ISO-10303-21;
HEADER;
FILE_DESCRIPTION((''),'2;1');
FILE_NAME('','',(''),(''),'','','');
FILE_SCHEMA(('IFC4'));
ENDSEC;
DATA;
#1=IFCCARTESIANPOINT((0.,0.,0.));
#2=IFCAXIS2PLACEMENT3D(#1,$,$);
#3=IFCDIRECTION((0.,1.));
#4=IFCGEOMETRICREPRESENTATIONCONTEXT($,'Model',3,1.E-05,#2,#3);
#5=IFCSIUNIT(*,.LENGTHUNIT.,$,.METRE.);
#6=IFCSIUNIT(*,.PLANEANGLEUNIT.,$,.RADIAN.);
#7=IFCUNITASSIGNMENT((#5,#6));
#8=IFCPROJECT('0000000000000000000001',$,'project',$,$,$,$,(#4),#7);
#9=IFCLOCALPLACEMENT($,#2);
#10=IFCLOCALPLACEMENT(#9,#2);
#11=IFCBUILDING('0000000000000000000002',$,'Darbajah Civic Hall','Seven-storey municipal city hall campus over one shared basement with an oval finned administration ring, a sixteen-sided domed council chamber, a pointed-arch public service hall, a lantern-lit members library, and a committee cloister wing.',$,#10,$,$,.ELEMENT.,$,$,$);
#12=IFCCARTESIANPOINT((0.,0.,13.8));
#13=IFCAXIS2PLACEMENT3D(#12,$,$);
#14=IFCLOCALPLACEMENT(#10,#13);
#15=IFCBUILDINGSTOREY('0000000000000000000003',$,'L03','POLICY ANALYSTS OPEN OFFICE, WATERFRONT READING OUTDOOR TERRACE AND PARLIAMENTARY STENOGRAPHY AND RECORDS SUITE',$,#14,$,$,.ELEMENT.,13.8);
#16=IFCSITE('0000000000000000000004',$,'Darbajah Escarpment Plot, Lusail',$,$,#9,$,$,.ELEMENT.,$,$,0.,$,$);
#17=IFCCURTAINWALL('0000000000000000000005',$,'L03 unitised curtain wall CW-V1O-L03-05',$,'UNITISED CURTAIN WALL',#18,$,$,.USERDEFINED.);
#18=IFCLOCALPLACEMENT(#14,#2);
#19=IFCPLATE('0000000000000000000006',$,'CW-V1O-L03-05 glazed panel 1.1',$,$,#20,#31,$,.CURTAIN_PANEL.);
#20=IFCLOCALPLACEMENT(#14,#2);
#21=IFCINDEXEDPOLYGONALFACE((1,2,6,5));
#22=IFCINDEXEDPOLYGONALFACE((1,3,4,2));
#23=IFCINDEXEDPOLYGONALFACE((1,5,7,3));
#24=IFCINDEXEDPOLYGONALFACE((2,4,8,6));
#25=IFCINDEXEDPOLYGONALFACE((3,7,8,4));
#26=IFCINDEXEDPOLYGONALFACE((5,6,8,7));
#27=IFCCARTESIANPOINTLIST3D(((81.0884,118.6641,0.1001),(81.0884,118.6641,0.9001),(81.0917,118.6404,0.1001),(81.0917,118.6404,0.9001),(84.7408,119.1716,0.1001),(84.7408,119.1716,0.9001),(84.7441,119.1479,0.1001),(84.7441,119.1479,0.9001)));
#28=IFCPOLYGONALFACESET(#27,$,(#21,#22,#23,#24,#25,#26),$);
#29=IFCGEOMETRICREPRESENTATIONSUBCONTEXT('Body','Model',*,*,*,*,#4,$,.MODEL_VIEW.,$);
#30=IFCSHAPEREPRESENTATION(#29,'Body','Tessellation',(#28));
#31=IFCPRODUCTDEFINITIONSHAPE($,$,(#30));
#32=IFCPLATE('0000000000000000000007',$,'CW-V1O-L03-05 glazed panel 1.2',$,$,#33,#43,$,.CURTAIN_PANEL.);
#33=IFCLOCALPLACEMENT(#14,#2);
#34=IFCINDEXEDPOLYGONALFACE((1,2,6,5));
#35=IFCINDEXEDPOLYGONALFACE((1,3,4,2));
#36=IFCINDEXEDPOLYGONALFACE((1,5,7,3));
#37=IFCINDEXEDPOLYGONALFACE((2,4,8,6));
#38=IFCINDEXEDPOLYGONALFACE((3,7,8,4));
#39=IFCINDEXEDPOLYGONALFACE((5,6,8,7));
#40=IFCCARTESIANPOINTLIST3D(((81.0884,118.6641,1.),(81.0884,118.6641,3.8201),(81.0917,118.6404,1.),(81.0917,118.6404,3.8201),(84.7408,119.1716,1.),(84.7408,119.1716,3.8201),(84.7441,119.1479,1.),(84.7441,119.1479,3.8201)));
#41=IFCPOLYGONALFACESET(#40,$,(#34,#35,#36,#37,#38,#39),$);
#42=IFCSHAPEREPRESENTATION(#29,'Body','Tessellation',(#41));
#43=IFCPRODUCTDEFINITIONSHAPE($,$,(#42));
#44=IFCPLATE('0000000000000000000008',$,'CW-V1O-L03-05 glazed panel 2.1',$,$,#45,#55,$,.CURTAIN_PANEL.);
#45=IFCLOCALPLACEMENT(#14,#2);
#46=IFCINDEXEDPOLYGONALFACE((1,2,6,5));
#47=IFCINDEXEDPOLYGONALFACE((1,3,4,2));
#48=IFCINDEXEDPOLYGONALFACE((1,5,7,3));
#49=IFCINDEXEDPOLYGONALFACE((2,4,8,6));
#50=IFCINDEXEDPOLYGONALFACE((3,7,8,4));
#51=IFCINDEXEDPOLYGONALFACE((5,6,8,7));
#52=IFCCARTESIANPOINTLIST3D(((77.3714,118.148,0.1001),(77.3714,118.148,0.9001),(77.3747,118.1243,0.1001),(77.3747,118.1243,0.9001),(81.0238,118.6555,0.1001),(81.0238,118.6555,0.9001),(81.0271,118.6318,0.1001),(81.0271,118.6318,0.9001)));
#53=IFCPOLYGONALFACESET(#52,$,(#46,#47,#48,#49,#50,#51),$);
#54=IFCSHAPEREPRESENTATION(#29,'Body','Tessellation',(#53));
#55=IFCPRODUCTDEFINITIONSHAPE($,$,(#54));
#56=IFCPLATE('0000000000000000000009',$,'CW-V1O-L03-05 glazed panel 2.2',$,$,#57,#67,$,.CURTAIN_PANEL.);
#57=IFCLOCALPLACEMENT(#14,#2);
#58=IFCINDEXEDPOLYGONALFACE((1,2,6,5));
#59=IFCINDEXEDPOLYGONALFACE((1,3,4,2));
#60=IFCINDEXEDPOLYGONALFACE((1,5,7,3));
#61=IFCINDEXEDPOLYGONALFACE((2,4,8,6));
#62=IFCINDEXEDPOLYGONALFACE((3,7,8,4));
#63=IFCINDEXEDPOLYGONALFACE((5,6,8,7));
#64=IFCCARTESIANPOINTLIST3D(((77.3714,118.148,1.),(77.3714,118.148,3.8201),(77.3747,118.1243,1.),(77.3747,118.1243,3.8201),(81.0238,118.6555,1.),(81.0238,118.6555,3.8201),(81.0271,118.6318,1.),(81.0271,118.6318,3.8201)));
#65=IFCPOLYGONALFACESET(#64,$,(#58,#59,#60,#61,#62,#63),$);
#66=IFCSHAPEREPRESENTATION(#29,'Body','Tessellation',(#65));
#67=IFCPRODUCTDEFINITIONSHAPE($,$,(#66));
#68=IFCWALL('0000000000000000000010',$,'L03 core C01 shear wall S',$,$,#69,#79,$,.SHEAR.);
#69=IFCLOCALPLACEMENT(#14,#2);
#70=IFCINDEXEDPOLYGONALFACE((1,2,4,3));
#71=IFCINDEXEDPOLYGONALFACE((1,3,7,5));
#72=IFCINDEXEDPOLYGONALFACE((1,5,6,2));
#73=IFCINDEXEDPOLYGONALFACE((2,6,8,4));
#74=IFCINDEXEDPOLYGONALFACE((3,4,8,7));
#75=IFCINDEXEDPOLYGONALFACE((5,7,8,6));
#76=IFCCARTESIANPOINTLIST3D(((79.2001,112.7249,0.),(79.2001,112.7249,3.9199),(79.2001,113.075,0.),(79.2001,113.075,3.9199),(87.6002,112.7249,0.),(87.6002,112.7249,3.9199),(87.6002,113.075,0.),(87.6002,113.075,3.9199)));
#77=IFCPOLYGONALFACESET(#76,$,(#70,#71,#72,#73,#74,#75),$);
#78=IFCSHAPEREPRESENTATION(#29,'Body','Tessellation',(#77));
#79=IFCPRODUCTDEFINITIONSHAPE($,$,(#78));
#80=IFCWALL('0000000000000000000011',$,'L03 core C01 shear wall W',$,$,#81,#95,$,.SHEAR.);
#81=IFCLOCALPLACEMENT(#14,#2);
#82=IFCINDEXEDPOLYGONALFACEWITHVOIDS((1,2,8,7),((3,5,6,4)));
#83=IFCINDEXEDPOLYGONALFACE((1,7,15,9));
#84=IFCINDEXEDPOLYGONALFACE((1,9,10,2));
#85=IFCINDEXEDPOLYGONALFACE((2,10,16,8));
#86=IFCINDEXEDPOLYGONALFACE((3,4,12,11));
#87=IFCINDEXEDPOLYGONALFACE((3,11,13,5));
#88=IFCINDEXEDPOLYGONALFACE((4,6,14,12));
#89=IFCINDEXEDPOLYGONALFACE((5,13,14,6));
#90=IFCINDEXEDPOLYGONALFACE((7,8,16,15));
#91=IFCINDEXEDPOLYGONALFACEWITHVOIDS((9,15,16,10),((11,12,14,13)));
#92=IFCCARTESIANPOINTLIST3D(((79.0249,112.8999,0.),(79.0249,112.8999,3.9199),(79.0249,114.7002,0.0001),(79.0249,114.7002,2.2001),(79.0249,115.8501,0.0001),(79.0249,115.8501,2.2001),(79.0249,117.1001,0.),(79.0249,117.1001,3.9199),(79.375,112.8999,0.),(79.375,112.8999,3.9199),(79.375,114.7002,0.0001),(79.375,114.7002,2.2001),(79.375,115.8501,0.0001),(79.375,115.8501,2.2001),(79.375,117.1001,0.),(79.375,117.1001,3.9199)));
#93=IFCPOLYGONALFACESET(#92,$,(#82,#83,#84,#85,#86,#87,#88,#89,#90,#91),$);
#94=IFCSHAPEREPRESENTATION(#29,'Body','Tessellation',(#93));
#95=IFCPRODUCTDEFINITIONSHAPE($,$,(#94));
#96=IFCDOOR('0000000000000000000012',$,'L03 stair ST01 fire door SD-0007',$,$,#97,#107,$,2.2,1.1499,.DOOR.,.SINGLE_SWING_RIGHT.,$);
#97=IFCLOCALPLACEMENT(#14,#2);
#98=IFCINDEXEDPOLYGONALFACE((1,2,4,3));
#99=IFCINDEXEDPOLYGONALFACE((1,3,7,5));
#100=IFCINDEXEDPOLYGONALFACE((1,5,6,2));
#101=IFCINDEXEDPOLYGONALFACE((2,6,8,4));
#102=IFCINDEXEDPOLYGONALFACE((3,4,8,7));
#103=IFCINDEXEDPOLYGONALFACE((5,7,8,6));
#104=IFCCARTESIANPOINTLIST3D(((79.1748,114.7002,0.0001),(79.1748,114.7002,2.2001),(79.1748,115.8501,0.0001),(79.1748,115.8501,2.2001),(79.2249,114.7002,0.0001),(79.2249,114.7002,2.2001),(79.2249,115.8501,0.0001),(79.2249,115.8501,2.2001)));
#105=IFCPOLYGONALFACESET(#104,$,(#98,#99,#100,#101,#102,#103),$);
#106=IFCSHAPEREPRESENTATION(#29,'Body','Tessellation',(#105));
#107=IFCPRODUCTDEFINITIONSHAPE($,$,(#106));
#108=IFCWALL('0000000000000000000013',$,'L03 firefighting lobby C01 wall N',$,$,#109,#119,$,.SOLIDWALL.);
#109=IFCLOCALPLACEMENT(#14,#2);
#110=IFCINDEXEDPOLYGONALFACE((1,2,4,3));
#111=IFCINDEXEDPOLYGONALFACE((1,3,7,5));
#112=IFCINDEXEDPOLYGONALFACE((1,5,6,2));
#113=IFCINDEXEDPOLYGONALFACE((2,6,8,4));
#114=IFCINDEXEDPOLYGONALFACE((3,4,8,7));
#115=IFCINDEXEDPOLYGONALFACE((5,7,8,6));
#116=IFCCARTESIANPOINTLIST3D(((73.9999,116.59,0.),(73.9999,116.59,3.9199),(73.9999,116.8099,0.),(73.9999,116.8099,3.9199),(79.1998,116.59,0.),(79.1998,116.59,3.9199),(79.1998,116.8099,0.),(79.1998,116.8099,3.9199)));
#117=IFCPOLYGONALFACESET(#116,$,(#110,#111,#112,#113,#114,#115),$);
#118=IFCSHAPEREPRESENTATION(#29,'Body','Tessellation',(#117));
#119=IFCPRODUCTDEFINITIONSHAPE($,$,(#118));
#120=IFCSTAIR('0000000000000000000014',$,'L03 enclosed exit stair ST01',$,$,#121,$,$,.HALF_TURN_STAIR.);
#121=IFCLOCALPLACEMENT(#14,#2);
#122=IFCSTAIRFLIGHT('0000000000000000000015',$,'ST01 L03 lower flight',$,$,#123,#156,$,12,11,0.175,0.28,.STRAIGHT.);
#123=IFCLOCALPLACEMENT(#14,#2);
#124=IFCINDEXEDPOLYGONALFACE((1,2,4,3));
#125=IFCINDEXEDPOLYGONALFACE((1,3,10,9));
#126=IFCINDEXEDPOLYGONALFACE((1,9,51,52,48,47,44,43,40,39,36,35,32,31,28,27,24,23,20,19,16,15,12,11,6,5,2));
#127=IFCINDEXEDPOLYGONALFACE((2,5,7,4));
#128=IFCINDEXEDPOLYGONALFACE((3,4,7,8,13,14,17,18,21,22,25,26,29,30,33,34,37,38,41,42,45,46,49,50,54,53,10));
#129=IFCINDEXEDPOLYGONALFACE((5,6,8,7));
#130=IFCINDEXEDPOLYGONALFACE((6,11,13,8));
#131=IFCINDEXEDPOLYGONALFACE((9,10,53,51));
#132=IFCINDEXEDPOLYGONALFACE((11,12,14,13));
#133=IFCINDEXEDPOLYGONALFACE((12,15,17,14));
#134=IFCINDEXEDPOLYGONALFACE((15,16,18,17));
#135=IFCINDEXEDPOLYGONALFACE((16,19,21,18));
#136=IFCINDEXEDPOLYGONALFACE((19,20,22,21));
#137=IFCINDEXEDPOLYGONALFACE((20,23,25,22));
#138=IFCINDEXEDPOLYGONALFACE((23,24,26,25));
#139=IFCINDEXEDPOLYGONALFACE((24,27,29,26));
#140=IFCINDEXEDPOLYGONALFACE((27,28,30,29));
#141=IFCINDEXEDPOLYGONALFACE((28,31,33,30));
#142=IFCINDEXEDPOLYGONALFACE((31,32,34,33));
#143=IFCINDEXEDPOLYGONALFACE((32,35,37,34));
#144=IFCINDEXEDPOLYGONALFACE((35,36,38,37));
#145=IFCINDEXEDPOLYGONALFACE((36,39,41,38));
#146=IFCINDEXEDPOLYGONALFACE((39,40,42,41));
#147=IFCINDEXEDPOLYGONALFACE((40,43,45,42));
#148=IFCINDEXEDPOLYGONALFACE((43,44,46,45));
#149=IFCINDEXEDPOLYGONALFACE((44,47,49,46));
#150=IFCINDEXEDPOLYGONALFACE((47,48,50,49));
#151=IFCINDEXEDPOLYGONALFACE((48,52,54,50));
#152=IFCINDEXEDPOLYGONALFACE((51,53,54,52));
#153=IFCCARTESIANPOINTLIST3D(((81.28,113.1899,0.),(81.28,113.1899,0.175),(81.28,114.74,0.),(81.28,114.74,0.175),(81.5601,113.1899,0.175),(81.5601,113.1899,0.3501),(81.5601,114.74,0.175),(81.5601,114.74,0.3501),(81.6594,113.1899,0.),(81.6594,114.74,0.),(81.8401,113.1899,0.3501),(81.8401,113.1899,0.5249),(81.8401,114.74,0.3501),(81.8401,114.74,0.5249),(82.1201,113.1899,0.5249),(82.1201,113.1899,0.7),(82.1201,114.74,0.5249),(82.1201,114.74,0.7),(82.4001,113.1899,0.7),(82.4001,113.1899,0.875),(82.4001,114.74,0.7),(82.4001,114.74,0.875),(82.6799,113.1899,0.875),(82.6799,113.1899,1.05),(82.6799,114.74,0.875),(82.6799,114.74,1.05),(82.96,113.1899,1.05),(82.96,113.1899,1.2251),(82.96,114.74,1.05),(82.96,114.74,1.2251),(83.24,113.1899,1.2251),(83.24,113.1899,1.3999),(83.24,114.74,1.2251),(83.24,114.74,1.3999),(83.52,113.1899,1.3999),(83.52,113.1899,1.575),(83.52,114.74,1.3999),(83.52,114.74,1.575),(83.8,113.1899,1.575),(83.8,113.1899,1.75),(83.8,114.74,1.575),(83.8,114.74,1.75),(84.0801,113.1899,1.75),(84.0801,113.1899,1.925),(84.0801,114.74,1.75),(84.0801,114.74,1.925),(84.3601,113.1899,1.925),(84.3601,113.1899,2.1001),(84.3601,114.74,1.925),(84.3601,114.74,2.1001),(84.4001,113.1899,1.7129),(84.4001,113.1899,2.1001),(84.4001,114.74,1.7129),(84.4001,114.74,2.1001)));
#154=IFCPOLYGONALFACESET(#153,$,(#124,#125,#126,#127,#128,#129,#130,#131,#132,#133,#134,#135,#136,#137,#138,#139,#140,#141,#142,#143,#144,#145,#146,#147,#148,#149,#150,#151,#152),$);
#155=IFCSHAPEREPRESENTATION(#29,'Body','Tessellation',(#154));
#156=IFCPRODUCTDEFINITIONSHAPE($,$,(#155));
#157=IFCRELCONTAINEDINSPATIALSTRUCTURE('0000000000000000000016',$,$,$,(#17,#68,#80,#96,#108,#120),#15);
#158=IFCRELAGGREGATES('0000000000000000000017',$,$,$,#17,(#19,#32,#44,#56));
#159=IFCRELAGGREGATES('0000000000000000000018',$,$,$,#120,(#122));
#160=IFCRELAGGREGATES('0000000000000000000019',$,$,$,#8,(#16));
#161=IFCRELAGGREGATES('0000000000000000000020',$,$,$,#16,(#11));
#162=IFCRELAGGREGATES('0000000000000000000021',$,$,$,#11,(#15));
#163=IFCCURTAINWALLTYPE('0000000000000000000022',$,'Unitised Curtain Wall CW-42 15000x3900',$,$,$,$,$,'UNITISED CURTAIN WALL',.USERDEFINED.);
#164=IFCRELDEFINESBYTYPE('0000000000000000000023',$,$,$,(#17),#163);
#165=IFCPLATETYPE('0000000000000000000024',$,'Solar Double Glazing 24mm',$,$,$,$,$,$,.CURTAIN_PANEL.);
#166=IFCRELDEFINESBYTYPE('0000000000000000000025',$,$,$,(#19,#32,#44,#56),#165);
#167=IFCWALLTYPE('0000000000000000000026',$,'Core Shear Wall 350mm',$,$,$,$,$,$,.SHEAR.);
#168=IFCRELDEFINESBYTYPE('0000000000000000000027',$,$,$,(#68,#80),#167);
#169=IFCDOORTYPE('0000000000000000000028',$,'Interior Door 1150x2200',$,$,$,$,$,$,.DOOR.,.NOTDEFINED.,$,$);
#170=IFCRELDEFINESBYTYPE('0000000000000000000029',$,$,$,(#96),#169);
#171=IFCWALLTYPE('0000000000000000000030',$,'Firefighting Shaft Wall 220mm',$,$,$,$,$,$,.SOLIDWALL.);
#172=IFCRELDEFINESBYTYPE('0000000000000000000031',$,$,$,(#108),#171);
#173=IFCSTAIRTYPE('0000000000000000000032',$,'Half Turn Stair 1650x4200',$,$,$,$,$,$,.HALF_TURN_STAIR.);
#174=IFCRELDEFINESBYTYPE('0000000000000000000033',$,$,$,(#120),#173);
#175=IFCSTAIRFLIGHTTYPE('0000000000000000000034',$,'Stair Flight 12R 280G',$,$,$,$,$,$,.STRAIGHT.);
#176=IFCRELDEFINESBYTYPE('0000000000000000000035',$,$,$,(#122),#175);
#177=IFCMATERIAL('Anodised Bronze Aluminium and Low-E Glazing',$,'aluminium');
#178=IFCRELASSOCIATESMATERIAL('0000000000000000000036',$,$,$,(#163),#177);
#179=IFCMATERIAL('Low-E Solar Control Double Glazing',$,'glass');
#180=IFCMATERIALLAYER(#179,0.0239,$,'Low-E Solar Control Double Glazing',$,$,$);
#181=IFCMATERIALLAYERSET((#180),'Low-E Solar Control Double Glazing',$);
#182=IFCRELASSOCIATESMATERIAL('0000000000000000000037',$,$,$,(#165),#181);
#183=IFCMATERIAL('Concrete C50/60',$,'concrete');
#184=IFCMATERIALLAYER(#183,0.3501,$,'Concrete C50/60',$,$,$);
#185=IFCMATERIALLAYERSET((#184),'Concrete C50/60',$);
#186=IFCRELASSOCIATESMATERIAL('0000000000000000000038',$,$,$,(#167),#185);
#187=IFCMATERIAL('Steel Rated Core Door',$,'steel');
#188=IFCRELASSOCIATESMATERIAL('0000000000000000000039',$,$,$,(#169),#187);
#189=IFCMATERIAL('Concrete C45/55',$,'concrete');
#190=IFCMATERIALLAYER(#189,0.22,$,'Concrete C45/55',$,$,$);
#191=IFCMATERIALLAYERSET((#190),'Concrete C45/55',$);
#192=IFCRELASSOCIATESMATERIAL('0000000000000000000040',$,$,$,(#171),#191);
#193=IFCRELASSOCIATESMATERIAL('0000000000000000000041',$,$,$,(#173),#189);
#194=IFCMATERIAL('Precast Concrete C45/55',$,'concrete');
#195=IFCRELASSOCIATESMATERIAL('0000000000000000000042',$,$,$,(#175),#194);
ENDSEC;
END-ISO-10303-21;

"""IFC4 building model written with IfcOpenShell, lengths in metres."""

from ifc_helpers import new_model, si_unit, direction, frame, frame_2d, origin, origin_2d, place, context, subcontext, project, spatial, polyline, rectangle, outline, extrude, material, layer, layer_set, type_object, element, fill, aggregate, save


model = new_model("IFC4")

# Units and contexts
model_context = context("Model", 3, precision=1e-05, world=origin(), true_north=direction((0.0, 1.0)))
body_context = subcontext(model_context, "Body", "Model", "MODEL_VIEW")
ifc_project = project(units=[si_unit("LENGTHUNIT", "METRE"), si_unit("PLANEANGLEUNIT", "RADIAN")], contexts=[model_context])

# Site, building, storey
site_placement = place(None, origin())
site = spatial("IfcSite", under=ifc_project, at=site_placement, Name="Darbajah Escarpment Plot, Lusail", CompositionType="ELEMENT", RefElevation=0.0)
building_placement = place(site_placement, origin())
building = spatial("IfcBuilding", under=site, at=building_placement, Name="Darbajah Civic Hall", Description="Seven-storey municipal city hall campus over one shared basement with an oval finned administration ring, a sixteen-sided domed council chamber, a pointed-arch public service hall, a lantern-lit members library, and a committee cloister wing.", CompositionType="ELEMENT")
storey_placement = place(building_placement, frame((0.0, 0.0, 13.8)))
storey = spatial("IfcBuildingStorey", under=building, at=storey_placement, Name="L03", Description="POLICY ANALYSTS OPEN OFFICE, WATERFRONT READING OUTDOOR TERRACE AND PARLIAMENTARY STENOGRAPHY AND RECORDS SUITE", CompositionType="ELEMENT", Elevation=13.8)

# Curtain wall
ifc_material_1 = material(Name="Anodised Bronze Aluminium and Low-E Glazing", Category="aluminium")
curtain_wall_type = type_object("IfcCurtainWallType", Name="Unitised Curtain Wall CW-42 15000x3900", ElementType="UNITISED CURTAIN WALL", PredefinedType="USERDEFINED", material=ifc_material_1)
curtain_wall_placement = place(storey_placement, origin())
curtain_wall = element("IfcCurtainWall", 1, at=curtain_wall_placement, inside=storey, type_object=curtain_wall_type, Name="L03 unitised curtain wall CW-V1O-L03-05", ObjectType="UNITISED CURTAIN WALL", PredefinedType="USERDEFINED")

# Plates
ifc_material_2 = material(Name="Low-E Solar Control Double Glazing", Category="glass")
ifc_layer_1 = layer(ifc_material_2, 0.0239, Name="Low-E Solar Control Double Glazing")
ifc_layer_set_1 = layer_set([ifc_layer_1], Name="Low-E Solar Control Double Glazing")
plate_type = type_object("IfcPlateType", Name="Solar Double Glazing 24mm", PredefinedType="CURTAIN_PANEL", material=ifc_layer_set_1)
plate_1_placement = place(storey_placement, frame((82.9163, 118.906, 0.1001), z_axis=(0.0, 0.0, 1.0), x_axis=(-0.990485, -0.137617, 0.0)))
plate_1 = element("IfcPlate", 2, at=plate_1_placement, type_object=plate_type, Name="CW-V1O-L03-05 glazed panel 1.1", PredefinedType="CURTAIN_PANEL", context=body_context, shape_type="SweptSolid", body=[
    extrude(rectangle(XDim=3.6875, YDim=0.0239, at=origin_2d()), origin(), (0.0, 0.0, 1.0), 0.8),
])
plate_2_placement = place(storey_placement, frame((82.9163, 118.906, 1.0), z_axis=(0.0, 0.0, 1.0), x_axis=(-0.990485, -0.137617, 0.0)))
plate_2 = element("IfcPlate", 3, at=plate_2_placement, type_object=plate_type, Name="CW-V1O-L03-05 glazed panel 1.2", PredefinedType="CURTAIN_PANEL", context=body_context, shape_type="SweptSolid", body=[
    extrude(rectangle(XDim=3.6875, YDim=0.0239, at=origin_2d()), origin(), (0.0, 0.0, 1.0), 2.8201),
])
plate_3_placement = place(storey_placement, frame((79.1992, 118.3899, 0.1001), z_axis=(0.0, 0.0, 1.0), x_axis=(-0.990485, -0.137617, 0.0)))
plate_3 = element("IfcPlate", 4, at=plate_3_placement, type_object=plate_type, Name="CW-V1O-L03-05 glazed panel 2.1", PredefinedType="CURTAIN_PANEL", context=body_context, shape_type="SweptSolid", body=[
    extrude(rectangle(XDim=3.6875, YDim=0.0239, at=origin_2d()), origin(), (0.0, 0.0, 1.0), 0.8),
])
plate_4_placement = place(storey_placement, frame((79.1992, 118.3899, 1.0), z_axis=(0.0, 0.0, 1.0), x_axis=(-0.990485, -0.137617, 0.0)))
plate_4 = element("IfcPlate", 5, at=plate_4_placement, type_object=plate_type, Name="CW-V1O-L03-05 glazed panel 2.2", PredefinedType="CURTAIN_PANEL", context=body_context, shape_type="SweptSolid", body=[
    extrude(rectangle(XDim=3.6875, YDim=0.0239, at=origin_2d()), origin(), (0.0, 0.0, 1.0), 2.8201),
])
aggregate(curtain_wall, [plate_1, plate_2, plate_3, plate_4])

# Wall
ifc_material_3 = material(Name="Concrete C50/60", Category="concrete")
ifc_layer_2 = layer(ifc_material_3, 0.3501, Name="Concrete C50/60")
ifc_layer_set_2 = layer_set([ifc_layer_2], Name="Concrete C50/60")
wall_type_1 = type_object("IfcWallType", Name="Core Shear Wall 350mm", PredefinedType="SHEAR", material=ifc_layer_set_2)
wall_1_placement = place(storey_placement, frame((79.2, 112.8999, 0.0), z_axis=(0.0, 0.0, 1.0), x_axis=(1.0, 0.0, 0.0)))
element("IfcWall", 6, at=wall_1_placement, inside=storey, type_object=wall_type_1, Name="L03 core C01 shear wall S", PredefinedType="SHEAR", context=body_context, shape_type="SweptSolid", body=[
    extrude(rectangle(XDim=8.4001, YDim=0.3501, at=frame_2d((4.2002, 0.0))), origin(), (0.0, 0.0, 1.0), 3.9199),
])

# Wall, opening, door
wall_2_placement = place(storey_placement, frame((79.2, 117.1001, 0.0), z_axis=(0.0, 0.0, 1.0), x_axis=(0.0, -1.0, 0.0)))
wall_2 = element("IfcWall", 7, at=wall_2_placement, inside=storey, type_object=wall_type_1, Name="L03 core C01 shear wall W", PredefinedType="SHEAR", context=body_context, shape_type="SweptSolid", body=[
    extrude(rectangle(XDim=4.2002, YDim=0.3501, at=frame_2d((2.1001, 0.0))), origin(), (0.0, 0.0, 1.0), 3.9199),
])
opening_placement = place(wall_2_placement, frame((1.25, 0.0, 0.0)))
opening = element("IfcOpeningElement", 8, at=opening_placement, cuts=wall_2, PredefinedType="OPENING", context=body_context, shape_type="SweptSolid", body=[
    extrude(rectangle(XDim=1.1499, YDim=2.2, at=frame_2d((0.575, 1.1001))), frame((0.0, 0.1851, 0.0), z_axis=(0.0, -1.0, 0.0), x_axis=(1.0, 0.0, 0.0)), (0.0, 0.0, 1.0), 0.3701),
])
ifc_material_4 = material(Name="Steel Rated Core Door", Category="steel")
door_type = type_object("IfcDoorType", Name="Interior Door 1150x2200", OperationType="NOTDEFINED", PredefinedType="DOOR", material=ifc_material_4)
door_placement = place(opening_placement, origin())
door = element("IfcDoor", 9, at=door_placement, inside=storey, type_object=door_type, Name="L03 stair ST01 fire door SD-0007", OperationType="SINGLE_SWING_RIGHT", OverallHeight=2.2, OverallWidth=1.1499, PredefinedType="DOOR", context=body_context, shape_type="SweptSolid", body=[
    extrude(rectangle(XDim=1.1499, YDim=2.2, at=frame_2d((0.575, 1.1001))), frame((0.0, 0.0249, 0.0), z_axis=(0.0, -1.0, 0.0), x_axis=(1.0, 0.0, 0.0)), (0.0, 0.0, 1.0), 0.05),
])
fill(opening, door)

# Wall
ifc_material_5 = material(Name="Concrete C45/55", Category="concrete")
ifc_layer_3 = layer(ifc_material_5, 0.22, Name="Concrete C45/55")
ifc_layer_set_3 = layer_set([ifc_layer_3], Name="Concrete C45/55")
wall_type_2 = type_object("IfcWallType", Name="Firefighting Shaft Wall 220mm", PredefinedType="SOLIDWALL", material=ifc_layer_set_3)
wall_3_placement = place(storey_placement, frame((79.2, 116.7, 0.0), z_axis=(0.0, 0.0, 1.0), x_axis=(-1.0, 0.0, 0.0)))
element("IfcWall", 10, at=wall_3_placement, inside=storey, type_object=wall_type_2, Name="L03 firefighting lobby C01 wall N", PredefinedType="SOLIDWALL", context=body_context, shape_type="SweptSolid", body=[
    extrude(rectangle(XDim=5.2, YDim=0.22, at=frame_2d((2.6001, 0.0))), origin(), (0.0, 0.0, 1.0), 3.9199),
])

# Stair, stair flight
stair_type = type_object("IfcStairType", Name="Half Turn Stair 1650x4200", PredefinedType="HALF_TURN_STAIR", material=ifc_material_5)
stair_placement = place(storey_placement, origin())
stair = element("IfcStair", 11, at=stair_placement, inside=storey, type_object=stair_type, Name="L03 enclosed exit stair ST01", PredefinedType="HALF_TURN_STAIR")
ifc_material_6 = material(Name="Precast Concrete C45/55", Category="concrete")
stair_flight_type = type_object("IfcStairFlightType", Name="Stair Flight 12R 280G", PredefinedType="STRAIGHT", material=ifc_material_6)
stair_flight_placement = place(storey_placement, frame((81.28, 113.9651, 0.0), z_axis=(0.0, 0.0, 1.0), x_axis=(1.0, 0.0, 0.0)))
stair_flight = element("IfcStairFlight", 12, at=stair_flight_placement, type_object=stair_flight_type, Name="ST01 L03 lower flight", NumberOfRisers=12, NumberOfTreads=11, PredefinedType="STRAIGHT", RiserHeight=0.175, TreadLength=0.28, context=body_context, shape_type="SweptSolid", body=[
    extrude(outline(polyline([(0.0, 0.0), (0.0, 0.175), (0.28, 0.175), (0.28, 0.3501), (0.5601, 0.3501), (0.5601, 0.5249), (0.8401, 0.5249), (0.8401, 0.7), (1.1201, 0.7), (1.1201, 0.875), (1.3999, 0.875), (1.3999, 1.05), (1.6799, 1.05), (1.6799, 1.2251), (1.96, 1.2251), (1.96, 1.3999), (2.24, 1.3999), (2.24, 1.575), (2.52, 1.575), (2.52, 1.75), (2.8, 1.75), (2.8, 1.925), (3.0801, 1.925), (3.0801, 2.1001), (3.1201, 2.1001), (3.1201, 1.7129), (0.3794, 0.0), (0.0, 0.0)])), frame((0.0, 0.7749, 0.0), z_axis=(0.0, -1.0, 0.0), x_axis=(1.0, 0.0, 0.0)), (0.0, 0.0, 1.0), 1.55),
])
aggregate(stair, [stair_flight])

save(model, "model.ifc")
